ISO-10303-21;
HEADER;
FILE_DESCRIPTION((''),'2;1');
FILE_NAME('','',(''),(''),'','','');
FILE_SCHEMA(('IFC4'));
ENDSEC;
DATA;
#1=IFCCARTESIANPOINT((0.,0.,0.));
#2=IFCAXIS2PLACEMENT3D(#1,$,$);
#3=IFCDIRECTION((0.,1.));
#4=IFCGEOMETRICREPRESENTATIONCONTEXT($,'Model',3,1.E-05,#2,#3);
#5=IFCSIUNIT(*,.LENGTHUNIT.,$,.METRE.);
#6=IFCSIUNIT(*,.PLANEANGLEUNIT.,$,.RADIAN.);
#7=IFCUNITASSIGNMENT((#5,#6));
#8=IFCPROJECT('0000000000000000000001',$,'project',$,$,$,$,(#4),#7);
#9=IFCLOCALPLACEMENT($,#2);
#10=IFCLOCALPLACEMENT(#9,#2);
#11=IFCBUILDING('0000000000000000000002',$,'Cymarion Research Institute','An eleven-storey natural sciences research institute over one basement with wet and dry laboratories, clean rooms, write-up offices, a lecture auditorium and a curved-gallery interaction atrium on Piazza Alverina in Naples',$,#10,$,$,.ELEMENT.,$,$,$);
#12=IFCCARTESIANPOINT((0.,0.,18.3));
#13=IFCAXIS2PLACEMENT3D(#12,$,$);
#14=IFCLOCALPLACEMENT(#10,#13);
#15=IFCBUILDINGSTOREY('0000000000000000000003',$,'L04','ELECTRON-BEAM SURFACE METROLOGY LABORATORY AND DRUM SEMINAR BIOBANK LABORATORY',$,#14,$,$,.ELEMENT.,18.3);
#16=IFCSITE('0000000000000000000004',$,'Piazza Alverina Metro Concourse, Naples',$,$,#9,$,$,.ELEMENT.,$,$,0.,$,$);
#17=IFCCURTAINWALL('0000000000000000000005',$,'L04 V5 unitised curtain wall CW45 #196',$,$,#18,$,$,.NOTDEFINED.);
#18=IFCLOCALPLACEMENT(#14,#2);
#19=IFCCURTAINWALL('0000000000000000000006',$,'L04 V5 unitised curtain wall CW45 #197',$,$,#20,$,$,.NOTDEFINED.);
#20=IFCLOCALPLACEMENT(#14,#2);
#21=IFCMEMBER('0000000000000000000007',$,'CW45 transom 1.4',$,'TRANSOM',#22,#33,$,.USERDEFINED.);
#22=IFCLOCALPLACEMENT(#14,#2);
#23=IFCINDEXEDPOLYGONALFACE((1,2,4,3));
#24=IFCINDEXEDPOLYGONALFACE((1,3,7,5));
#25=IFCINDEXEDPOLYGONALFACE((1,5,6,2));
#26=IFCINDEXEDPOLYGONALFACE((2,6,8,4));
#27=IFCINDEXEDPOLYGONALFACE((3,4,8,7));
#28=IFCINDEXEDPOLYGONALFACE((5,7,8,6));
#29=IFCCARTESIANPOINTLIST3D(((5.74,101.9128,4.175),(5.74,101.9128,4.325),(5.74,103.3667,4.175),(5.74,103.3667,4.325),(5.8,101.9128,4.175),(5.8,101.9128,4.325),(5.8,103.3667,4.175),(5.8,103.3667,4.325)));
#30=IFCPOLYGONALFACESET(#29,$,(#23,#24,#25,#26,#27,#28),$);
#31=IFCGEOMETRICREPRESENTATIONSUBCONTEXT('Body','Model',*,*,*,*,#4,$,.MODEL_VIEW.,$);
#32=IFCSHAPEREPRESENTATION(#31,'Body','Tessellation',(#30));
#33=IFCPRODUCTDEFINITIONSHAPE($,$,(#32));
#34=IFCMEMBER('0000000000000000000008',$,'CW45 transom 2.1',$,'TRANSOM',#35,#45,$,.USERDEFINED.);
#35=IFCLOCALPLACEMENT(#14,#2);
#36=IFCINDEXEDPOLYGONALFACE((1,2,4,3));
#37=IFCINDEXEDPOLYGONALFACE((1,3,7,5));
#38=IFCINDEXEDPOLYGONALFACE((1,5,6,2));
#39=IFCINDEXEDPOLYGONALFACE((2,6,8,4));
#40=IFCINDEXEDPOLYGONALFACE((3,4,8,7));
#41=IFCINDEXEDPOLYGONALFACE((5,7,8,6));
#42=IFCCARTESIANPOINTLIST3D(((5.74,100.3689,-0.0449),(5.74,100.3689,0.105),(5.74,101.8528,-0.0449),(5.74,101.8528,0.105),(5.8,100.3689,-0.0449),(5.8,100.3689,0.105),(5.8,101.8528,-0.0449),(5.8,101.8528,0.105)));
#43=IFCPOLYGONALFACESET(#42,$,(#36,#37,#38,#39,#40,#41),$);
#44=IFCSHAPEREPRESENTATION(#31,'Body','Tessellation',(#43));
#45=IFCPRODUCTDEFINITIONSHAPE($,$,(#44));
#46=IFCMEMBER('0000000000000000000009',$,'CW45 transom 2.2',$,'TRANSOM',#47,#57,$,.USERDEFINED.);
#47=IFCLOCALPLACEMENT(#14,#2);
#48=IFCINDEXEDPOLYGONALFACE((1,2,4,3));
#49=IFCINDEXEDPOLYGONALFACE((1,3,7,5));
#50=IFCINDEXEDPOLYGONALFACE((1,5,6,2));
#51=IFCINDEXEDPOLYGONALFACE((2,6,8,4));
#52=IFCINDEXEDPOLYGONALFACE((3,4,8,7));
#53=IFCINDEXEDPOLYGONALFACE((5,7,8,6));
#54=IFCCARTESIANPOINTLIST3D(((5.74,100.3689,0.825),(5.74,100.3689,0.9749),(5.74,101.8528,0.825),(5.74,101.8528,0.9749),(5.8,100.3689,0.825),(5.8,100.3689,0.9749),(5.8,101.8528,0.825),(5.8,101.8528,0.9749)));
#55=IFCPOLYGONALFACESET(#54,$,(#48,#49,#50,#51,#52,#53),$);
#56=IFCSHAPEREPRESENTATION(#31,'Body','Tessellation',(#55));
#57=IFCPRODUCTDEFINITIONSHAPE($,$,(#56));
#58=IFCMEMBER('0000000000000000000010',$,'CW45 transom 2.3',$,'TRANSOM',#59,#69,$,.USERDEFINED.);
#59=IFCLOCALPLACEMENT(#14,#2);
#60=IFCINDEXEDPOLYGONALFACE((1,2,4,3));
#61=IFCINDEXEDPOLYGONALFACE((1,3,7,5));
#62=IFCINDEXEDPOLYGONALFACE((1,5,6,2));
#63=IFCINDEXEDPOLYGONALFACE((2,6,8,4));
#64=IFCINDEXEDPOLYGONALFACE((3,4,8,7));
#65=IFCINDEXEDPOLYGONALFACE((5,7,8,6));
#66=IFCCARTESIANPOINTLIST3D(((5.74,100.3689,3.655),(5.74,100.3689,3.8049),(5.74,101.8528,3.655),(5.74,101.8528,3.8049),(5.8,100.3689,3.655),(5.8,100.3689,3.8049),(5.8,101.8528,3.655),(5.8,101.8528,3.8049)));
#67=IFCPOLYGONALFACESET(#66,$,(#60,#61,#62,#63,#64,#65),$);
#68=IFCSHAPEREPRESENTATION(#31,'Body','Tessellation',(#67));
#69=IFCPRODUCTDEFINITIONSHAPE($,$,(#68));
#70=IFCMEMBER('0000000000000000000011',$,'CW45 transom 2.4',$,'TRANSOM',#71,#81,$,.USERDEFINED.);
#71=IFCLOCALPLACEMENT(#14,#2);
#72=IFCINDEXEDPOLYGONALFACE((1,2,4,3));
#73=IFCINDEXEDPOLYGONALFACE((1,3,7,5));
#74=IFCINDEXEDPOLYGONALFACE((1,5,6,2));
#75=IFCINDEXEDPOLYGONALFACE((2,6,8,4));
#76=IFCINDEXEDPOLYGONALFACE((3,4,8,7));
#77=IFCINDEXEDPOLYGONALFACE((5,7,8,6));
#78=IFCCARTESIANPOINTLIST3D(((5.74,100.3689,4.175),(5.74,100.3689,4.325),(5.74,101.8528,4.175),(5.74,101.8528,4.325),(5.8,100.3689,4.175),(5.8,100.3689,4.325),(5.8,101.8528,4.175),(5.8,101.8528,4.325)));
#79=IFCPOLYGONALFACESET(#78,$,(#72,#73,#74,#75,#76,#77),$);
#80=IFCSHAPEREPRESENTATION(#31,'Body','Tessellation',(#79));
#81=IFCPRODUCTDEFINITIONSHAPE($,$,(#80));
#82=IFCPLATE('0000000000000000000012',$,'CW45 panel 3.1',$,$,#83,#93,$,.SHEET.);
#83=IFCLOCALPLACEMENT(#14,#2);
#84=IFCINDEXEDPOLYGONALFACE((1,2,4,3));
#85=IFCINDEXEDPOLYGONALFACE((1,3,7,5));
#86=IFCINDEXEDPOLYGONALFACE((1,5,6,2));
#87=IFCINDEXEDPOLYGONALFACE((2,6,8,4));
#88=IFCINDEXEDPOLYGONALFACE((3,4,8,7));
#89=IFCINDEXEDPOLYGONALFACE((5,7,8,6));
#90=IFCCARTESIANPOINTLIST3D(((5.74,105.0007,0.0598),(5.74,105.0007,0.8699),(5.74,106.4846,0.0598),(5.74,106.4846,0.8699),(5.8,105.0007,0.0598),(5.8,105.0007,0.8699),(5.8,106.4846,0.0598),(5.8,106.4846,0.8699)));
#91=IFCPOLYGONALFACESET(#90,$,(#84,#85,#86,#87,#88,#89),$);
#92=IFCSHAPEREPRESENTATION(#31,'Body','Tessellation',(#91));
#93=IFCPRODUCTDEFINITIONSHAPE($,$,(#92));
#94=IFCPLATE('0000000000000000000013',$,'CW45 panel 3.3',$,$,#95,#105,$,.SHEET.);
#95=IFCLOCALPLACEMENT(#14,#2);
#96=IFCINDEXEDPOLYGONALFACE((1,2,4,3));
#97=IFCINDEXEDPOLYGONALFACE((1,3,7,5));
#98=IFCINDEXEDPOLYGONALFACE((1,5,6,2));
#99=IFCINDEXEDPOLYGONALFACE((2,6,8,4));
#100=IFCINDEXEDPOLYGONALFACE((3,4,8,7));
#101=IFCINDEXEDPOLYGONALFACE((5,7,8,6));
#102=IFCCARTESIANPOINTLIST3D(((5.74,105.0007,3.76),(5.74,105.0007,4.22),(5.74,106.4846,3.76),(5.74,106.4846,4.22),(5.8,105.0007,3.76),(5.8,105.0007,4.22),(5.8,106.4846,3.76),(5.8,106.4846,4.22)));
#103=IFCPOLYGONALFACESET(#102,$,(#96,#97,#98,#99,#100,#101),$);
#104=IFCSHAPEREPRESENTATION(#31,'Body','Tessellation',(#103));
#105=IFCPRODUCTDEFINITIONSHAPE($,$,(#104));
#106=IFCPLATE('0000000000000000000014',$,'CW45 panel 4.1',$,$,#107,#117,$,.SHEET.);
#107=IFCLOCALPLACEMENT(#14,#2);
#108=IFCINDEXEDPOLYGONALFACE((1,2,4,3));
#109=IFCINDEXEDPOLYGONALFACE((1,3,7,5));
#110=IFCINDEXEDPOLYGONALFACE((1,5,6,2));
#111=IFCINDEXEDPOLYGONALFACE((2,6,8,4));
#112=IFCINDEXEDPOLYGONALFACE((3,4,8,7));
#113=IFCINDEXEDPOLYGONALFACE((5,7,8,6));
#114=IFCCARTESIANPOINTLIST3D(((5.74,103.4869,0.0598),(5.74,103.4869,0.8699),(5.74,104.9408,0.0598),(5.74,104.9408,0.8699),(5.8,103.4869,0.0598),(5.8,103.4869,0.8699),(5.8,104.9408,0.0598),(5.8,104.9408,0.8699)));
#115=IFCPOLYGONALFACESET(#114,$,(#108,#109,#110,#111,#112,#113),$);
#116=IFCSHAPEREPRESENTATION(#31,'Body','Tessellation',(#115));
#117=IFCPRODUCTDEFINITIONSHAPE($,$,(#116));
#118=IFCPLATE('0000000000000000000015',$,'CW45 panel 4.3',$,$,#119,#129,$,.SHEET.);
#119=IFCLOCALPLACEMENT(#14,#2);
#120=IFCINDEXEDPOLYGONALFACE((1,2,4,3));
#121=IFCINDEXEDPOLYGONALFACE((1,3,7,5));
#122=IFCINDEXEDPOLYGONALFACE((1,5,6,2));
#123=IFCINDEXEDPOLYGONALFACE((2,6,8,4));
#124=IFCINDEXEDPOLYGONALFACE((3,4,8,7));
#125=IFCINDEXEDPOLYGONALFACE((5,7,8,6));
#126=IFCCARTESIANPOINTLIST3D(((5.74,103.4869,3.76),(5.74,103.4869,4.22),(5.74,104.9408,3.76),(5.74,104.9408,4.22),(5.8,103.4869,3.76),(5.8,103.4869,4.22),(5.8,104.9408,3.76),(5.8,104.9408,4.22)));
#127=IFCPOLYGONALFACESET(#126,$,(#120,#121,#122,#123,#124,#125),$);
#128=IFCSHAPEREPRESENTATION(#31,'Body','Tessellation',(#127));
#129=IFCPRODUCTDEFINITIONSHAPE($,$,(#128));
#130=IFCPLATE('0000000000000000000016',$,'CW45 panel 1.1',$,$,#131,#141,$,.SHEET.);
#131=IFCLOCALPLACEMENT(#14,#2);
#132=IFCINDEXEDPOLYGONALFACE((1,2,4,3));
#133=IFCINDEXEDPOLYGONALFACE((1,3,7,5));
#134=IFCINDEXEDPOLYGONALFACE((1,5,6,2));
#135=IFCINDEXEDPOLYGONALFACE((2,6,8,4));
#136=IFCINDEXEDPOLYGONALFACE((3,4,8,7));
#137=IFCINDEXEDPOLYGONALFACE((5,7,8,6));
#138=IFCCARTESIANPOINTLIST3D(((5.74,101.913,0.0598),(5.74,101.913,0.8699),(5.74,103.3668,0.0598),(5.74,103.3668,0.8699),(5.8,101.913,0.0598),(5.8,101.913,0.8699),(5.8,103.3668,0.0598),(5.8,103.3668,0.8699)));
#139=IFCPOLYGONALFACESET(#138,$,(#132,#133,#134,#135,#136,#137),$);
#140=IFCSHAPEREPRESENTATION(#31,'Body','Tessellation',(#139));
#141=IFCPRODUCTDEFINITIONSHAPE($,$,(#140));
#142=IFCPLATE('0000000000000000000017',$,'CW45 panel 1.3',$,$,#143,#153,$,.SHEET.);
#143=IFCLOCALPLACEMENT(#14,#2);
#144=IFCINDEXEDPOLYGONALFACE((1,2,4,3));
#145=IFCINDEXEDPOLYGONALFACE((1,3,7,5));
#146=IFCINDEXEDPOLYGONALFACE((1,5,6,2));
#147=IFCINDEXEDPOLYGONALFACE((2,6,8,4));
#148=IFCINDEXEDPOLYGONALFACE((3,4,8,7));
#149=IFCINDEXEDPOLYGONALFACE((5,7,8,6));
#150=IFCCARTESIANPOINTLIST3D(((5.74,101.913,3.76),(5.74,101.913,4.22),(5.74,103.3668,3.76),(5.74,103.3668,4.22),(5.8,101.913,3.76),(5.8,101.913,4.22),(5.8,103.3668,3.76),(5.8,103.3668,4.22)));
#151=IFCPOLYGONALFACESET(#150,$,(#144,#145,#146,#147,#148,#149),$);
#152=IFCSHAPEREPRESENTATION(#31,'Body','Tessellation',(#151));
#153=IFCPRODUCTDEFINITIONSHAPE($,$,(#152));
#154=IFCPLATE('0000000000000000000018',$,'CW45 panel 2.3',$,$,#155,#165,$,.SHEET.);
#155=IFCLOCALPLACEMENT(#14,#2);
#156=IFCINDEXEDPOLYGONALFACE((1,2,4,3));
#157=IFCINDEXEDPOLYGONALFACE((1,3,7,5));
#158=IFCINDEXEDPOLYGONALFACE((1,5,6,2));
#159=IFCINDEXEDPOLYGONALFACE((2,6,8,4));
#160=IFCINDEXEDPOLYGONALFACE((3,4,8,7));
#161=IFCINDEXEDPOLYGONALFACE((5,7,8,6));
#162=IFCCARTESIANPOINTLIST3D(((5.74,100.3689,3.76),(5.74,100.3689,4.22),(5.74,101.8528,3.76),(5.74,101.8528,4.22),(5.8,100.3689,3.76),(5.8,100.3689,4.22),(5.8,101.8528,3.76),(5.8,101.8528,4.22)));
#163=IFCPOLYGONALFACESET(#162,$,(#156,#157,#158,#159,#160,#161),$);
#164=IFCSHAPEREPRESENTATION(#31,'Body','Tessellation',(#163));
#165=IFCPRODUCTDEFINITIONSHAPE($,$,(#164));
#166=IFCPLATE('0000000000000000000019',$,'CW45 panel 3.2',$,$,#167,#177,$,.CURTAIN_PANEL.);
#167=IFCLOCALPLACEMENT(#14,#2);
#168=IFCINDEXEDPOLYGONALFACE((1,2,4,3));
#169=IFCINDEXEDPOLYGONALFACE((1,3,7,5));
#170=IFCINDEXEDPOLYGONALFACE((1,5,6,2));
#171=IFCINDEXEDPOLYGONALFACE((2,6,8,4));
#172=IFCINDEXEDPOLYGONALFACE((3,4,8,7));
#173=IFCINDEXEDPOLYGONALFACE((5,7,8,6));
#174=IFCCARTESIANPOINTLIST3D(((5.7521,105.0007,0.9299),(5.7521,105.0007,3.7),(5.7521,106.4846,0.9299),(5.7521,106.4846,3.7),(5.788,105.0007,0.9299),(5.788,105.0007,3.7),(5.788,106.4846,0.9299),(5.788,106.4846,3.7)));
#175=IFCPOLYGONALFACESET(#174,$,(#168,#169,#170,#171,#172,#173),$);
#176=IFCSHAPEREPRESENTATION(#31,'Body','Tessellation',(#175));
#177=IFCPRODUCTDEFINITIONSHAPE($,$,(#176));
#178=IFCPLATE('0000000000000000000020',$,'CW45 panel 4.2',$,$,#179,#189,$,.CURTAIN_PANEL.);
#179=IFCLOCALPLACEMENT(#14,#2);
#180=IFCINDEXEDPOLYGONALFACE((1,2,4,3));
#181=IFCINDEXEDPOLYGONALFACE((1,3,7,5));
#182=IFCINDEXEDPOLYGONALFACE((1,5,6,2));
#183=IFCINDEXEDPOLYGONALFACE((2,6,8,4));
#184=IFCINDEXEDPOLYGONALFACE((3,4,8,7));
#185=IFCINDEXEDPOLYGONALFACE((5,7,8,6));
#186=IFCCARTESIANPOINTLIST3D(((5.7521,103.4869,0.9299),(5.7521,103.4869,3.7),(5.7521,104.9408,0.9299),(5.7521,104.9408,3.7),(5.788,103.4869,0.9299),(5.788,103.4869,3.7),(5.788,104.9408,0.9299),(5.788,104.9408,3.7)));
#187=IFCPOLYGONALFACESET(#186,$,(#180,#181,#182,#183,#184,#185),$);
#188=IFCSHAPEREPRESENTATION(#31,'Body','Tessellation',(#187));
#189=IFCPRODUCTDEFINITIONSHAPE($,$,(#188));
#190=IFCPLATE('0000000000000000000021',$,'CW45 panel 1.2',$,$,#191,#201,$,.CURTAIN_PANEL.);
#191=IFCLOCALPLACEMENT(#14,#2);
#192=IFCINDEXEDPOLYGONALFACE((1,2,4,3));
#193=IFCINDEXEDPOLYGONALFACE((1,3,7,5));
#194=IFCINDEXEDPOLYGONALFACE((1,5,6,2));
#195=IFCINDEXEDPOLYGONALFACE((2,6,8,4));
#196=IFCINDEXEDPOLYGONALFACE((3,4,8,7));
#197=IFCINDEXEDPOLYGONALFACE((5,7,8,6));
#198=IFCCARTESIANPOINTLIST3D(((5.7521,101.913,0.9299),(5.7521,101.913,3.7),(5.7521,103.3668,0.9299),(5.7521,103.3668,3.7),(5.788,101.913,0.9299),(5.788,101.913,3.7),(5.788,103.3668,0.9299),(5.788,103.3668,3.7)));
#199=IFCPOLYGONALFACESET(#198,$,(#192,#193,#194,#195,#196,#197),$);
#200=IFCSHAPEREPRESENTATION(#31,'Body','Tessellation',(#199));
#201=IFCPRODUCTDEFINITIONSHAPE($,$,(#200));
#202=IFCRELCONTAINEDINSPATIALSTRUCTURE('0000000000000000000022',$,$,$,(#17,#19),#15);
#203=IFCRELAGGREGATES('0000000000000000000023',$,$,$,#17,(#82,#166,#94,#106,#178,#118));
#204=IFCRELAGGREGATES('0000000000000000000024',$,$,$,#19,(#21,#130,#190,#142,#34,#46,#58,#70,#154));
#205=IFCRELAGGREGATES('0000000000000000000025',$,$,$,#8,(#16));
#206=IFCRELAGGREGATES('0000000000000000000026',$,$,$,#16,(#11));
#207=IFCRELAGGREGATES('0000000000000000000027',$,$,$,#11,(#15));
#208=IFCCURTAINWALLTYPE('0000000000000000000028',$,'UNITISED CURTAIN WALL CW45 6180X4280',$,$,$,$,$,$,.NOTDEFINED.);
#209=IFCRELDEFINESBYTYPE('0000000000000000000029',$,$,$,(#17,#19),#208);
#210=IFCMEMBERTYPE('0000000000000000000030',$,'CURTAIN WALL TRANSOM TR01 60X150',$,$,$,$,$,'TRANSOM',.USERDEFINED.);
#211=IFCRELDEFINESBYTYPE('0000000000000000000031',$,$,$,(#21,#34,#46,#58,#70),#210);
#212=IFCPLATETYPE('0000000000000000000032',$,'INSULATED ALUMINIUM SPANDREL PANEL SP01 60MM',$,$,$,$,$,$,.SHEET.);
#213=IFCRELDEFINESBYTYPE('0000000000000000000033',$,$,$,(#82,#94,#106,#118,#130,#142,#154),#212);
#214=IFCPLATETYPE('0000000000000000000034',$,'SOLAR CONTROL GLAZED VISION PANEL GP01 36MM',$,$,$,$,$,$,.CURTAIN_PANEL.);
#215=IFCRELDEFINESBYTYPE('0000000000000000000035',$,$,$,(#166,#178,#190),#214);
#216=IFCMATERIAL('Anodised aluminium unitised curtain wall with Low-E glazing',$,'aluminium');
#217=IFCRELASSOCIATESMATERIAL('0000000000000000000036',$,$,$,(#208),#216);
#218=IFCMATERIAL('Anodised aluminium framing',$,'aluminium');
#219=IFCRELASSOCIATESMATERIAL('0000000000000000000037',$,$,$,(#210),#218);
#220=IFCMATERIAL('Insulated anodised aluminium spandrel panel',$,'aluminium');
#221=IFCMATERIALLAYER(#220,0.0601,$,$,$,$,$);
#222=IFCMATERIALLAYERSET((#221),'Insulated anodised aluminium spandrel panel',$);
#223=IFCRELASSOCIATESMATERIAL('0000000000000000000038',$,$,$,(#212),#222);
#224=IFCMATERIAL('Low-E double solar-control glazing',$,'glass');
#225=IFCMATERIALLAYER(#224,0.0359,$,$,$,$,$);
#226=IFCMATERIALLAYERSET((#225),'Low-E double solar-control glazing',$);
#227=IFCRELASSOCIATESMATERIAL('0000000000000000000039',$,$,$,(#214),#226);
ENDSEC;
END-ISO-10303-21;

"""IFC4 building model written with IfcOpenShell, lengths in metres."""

from ifc_helpers import new_model, si_unit, direction, frame, origin, origin_2d, place, context, subcontext, project, spatial, rectangle, extrude, material, layer, layer_set, material_profile, profile_set, type_object, element, aggregate, save


model = new_model("IFC4")

# Units and contexts
model_context = context("Model", 3, precision=1e-05, world=origin(), true_north=direction((0.0, 1.0)))
body_context = subcontext(model_context, "Body", "Model", "MODEL_VIEW")
ifc_project = project(units=[si_unit("LENGTHUNIT", "METRE"), si_unit("PLANEANGLEUNIT", "RADIAN")], contexts=[model_context])

# Site, building, storey
site_placement = place(None, origin())
site = spatial("IfcSite", under=ifc_project, at=site_placement, Name="Piazza Alverina Metro Concourse, Naples", CompositionType="ELEMENT", RefElevation=0.0)
building_placement = place(site_placement, origin())
building = spatial("IfcBuilding", under=site, at=building_placement, Name="Cymarion Research Institute", Description="An eleven-storey natural sciences research institute over one basement with wet and dry laboratories, clean rooms, write-up offices, a lecture auditorium and a curved-gallery interaction atrium on Piazza Alverina in Naples", CompositionType="ELEMENT")
storey_placement = place(building_placement, frame((0.0, 0.0, 18.3)))
storey = spatial("IfcBuildingStorey", under=building, at=storey_placement, Name="L04", Description="ELECTRON-BEAM SURFACE METROLOGY LABORATORY AND DRUM SEMINAR BIOBANK LABORATORY", CompositionType="ELEMENT", Elevation=18.3)

# Curtain walls
ifc_material_1 = material(Name="Anodised aluminium unitised curtain wall with Low-E glazing", Category="aluminium")
curtain_wall_type = type_object("IfcCurtainWallType", Name="UNITISED CURTAIN WALL CW45 6180X4280", PredefinedType="NOTDEFINED", material=ifc_material_1)
curtain_wall_1_placement = place(storey_placement, origin())
curtain_wall_1 = element("IfcCurtainWall", 1, at=curtain_wall_1_placement, inside=storey, type_object=curtain_wall_type, Name="L04 V5 unitised curtain wall CW45 #196", PredefinedType="NOTDEFINED")
ifc_material_2 = material(Name="Anodised aluminium framing", Category="aluminium")
curtain_wall_2_placement = place(storey_placement, origin())
curtain_wall_2 = element("IfcCurtainWall", 2, at=curtain_wall_2_placement, inside=storey, type_object=curtain_wall_type, Name="L04 V5 unitised curtain wall CW45 #197", PredefinedType="NOTDEFINED")

# Members
ifc_material_profile_1 = material_profile(ifc_material_2, rectangle(XDim=0.0601, YDim=0.1499, at=origin_2d()), Name="ALU TRANSOM 60x150")
ifc_profile_set_1 = profile_set([ifc_material_profile_1], Name="Anodised aluminium framing")
member_type_1 = type_object("IfcMemberType", Name="CURTAIN WALL TRANSOM TR01 60X150", ElementType="TRANSOM", PredefinedType="USERDEFINED", material=ifc_profile_set_1)
member_1_placement = place(storey_placement, frame((5.77, 103.3667, 4.25), z_axis=(0.0, -1.0, 0.0), x_axis=(1.0, 0.0, 0.0)))
member_1 = element("IfcMember", 3, at=member_1_placement, type_object=member_type_1, Name="CW45 transom 1.4", ObjectType="TRANSOM", PredefinedType="USERDEFINED", context=body_context, shape_type="SweptSolid", body=[
    extrude(rectangle(XDim=0.0601, YDim=0.1499, at=origin_2d()), origin(), (0.0, 0.0, 1.0), 1.4539),
])
member_2_placement = place(storey_placement, frame((5.77, 101.8528, 0.03), z_axis=(0.0, -1.0, 0.0), x_axis=(1.0, 0.0, 0.0)))
member_2 = element("IfcMember", 4, at=member_2_placement, type_object=member_type_1, Name="CW45 transom 2.1", ObjectType="TRANSOM", PredefinedType="USERDEFINED", context=body_context, shape_type="SweptSolid", body=[
    extrude(rectangle(XDim=0.0601, YDim=0.1499, at=origin_2d()), origin(), (0.0, 0.0, 1.0), 1.4839),
])
member_3_placement = place(storey_placement, frame((5.77, 101.8528, 0.8999), z_axis=(0.0, -1.0, 0.0), x_axis=(1.0, 0.0, 0.0)))
member_3 = element("IfcMember", 5, at=member_3_placement, type_object=member_type_1, Name="CW45 transom 2.2", ObjectType="TRANSOM", PredefinedType="USERDEFINED", context=body_context, shape_type="SweptSolid", body=[
    extrude(rectangle(XDim=0.0601, YDim=0.1499, at=origin_2d()), origin(), (0.0, 0.0, 1.0), 1.4839),
])
member_4_placement = place(storey_placement, frame((5.77, 101.8528, 3.73), z_axis=(0.0, -1.0, 0.0), x_axis=(1.0, 0.0, 0.0)))
member_4 = element("IfcMember", 6, at=member_4_placement, type_object=member_type_1, Name="CW45 transom 2.3", ObjectType="TRANSOM", PredefinedType="USERDEFINED", context=body_context, shape_type="SweptSolid", body=[
    extrude(rectangle(XDim=0.0601, YDim=0.1499, at=origin_2d()), origin(), (0.0, 0.0, 1.0), 1.4839),
])
member_5_placement = place(storey_placement, frame((5.77, 101.8528, 4.25), z_axis=(0.0, -1.0, 0.0), x_axis=(1.0, 0.0, 0.0)))
member_5 = element("IfcMember", 7, at=member_5_placement, type_object=member_type_1, Name="CW45 transom 2.4", ObjectType="TRANSOM", PredefinedType="USERDEFINED", context=body_context, shape_type="SweptSolid", body=[
    extrude(rectangle(XDim=0.0601, YDim=0.1499, at=origin_2d()), origin(), (0.0, 0.0, 1.0), 1.4839),
])

# Plates
ifc_material_3 = material(Name="Insulated anodised aluminium spandrel panel", Category="aluminium")
ifc_layer_1 = layer(ifc_material_3, 0.0601)
ifc_layer_set_1 = layer_set([ifc_layer_1], Name="Insulated anodised aluminium spandrel panel")
plate_type_1 = type_object("IfcPlateType", Name="INSULATED ALUMINIUM SPANDREL PANEL SP01 60MM", PredefinedType="SHEET", material=ifc_layer_set_1)
plate_1_placement = place(storey_placement, frame((5.77, 105.7427, 0.0598), z_axis=(0.0, 0.0, 1.0), x_axis=(0.0, -1.0, 0.0)))
plate_1 = element("IfcPlate", 8, at=plate_1_placement, type_object=plate_type_1, Name="CW45 panel 3.1", PredefinedType="SHEET", context=body_context, shape_type="SweptSolid", body=[
    extrude(rectangle(XDim=1.4839, YDim=0.0601, at=origin_2d()), origin(), (0.0, 0.0, 1.0), 0.8101),
])
plate_2_placement = place(storey_placement, frame((5.77, 105.7427, 3.76), z_axis=(0.0, 0.0, 1.0), x_axis=(0.0, -1.0, 0.0)))
plate_2 = element("IfcPlate", 9, at=plate_2_placement, type_object=plate_type_1, Name="CW45 panel 3.3", PredefinedType="SHEET", context=body_context, shape_type="SweptSolid", body=[
    extrude(rectangle(XDim=1.4839, YDim=0.0601, at=origin_2d()), origin(), (0.0, 0.0, 1.0), 0.46),
])
plate_3_placement = place(storey_placement, frame((5.77, 104.2139, 0.0598), z_axis=(0.0, 0.0, 1.0), x_axis=(0.0, -1.0, 0.0)))
plate_3 = element("IfcPlate", 10, at=plate_3_placement, type_object=plate_type_1, Name="CW45 panel 4.1", PredefinedType="SHEET", context=body_context, shape_type="SweptSolid", body=[
    extrude(rectangle(XDim=1.4539, YDim=0.0601, at=origin_2d()), origin(), (0.0, 0.0, 1.0), 0.8101),
])
plate_4_placement = place(storey_placement, frame((5.77, 104.2139, 3.76), z_axis=(0.0, 0.0, 1.0), x_axis=(0.0, -1.0, 0.0)))
plate_4 = element("IfcPlate", 11, at=plate_4_placement, type_object=plate_type_1, Name="CW45 panel 4.3", PredefinedType="SHEET", context=body_context, shape_type="SweptSolid", body=[
    extrude(rectangle(XDim=1.4539, YDim=0.0601, at=origin_2d()), origin(), (0.0, 0.0, 1.0), 0.46),
])
plate_5_placement = place(storey_placement, frame((5.77, 102.6399, 0.0598), z_axis=(0.0, 0.0, 1.0), x_axis=(0.0, -1.0, 0.0)))
plate_5 = element("IfcPlate", 12, at=plate_5_placement, type_object=plate_type_1, Name="CW45 panel 1.1", PredefinedType="SHEET", context=body_context, shape_type="SweptSolid", body=[
    extrude(rectangle(XDim=1.4539, YDim=0.0601, at=origin_2d()), origin(), (0.0, 0.0, 1.0), 0.8101),
])
plate_6_placement = place(storey_placement, frame((5.77, 102.6399, 3.76), z_axis=(0.0, 0.0, 1.0), x_axis=(0.0, -1.0, 0.0)))
plate_6 = element("IfcPlate", 13, at=plate_6_placement, type_object=plate_type_1, Name="CW45 panel 1.3", PredefinedType="SHEET", context=body_context, shape_type="SweptSolid", body=[
    extrude(rectangle(XDim=1.4539, YDim=0.0601, at=origin_2d()), origin(), (0.0, 0.0, 1.0), 0.46),
])
plate_7_placement = place(storey_placement, frame((5.77, 101.1108, 3.76), z_axis=(0.0, 0.0, 1.0), x_axis=(0.0, -1.0, 0.0)))
plate_7 = element("IfcPlate", 14, at=plate_7_placement, type_object=plate_type_1, Name="CW45 panel 2.3", PredefinedType="SHEET", context=body_context, shape_type="SweptSolid", body=[
    extrude(rectangle(XDim=1.4839, YDim=0.0601, at=origin_2d()), origin(), (0.0, 0.0, 1.0), 0.46),
])
ifc_material_4 = material(Name="Low-E double solar-control glazing", Category="glass")
ifc_layer_2 = layer(ifc_material_4, 0.0359)
ifc_layer_set_2 = layer_set([ifc_layer_2], Name="Low-E double solar-control glazing")
plate_type_2 = type_object("IfcPlateType", Name="SOLAR CONTROL GLAZED VISION PANEL GP01 36MM", PredefinedType="CURTAIN_PANEL", material=ifc_layer_set_2)
plate_8_placement = place(storey_placement, frame((5.77, 105.7427, 0.9299), z_axis=(0.0, 0.0, 1.0), x_axis=(0.0, -1.0, 0.0)))
plate_8 = element("IfcPlate", 15, at=plate_8_placement, type_object=plate_type_2, Name="CW45 panel 3.2", PredefinedType="CURTAIN_PANEL", context=body_context, shape_type="SweptSolid", body=[
    extrude(rectangle(XDim=1.4839, YDim=0.0359, at=origin_2d()), origin(), (0.0, 0.0, 1.0), 2.77),
])
plate_9_placement = place(storey_placement, frame((5.77, 104.2139, 0.9299), z_axis=(0.0, 0.0, 1.0), x_axis=(0.0, -1.0, 0.0)))
plate_9 = element("IfcPlate", 16, at=plate_9_placement, type_object=plate_type_2, Name="CW45 panel 4.2", PredefinedType="CURTAIN_PANEL", context=body_context, shape_type="SweptSolid", body=[
    extrude(rectangle(XDim=1.4539, YDim=0.0359, at=origin_2d()), origin(), (0.0, 0.0, 1.0), 2.77),
])
aggregate(curtain_wall_1, [plate_1, plate_8, plate_2, plate_3, plate_9, plate_4])
plate_10_placement = place(storey_placement, frame((5.77, 102.6399, 0.9299), z_axis=(0.0, 0.0, 1.0), x_axis=(0.0, -1.0, 0.0)))
plate_10 = element("IfcPlate", 17, at=plate_10_placement, type_object=plate_type_2, Name="CW45 panel 1.2", PredefinedType="CURTAIN_PANEL", context=body_context, shape_type="SweptSolid", body=[
    extrude(rectangle(XDim=1.4539, YDim=0.0359, at=origin_2d()), origin(), (0.0, 0.0, 1.0), 2.77),
])
aggregate(curtain_wall_2, [member_1, plate_5, plate_10, plate_6, member_2, member_3, member_4, member_5, plate_7])

save(model, "model.ifc")
